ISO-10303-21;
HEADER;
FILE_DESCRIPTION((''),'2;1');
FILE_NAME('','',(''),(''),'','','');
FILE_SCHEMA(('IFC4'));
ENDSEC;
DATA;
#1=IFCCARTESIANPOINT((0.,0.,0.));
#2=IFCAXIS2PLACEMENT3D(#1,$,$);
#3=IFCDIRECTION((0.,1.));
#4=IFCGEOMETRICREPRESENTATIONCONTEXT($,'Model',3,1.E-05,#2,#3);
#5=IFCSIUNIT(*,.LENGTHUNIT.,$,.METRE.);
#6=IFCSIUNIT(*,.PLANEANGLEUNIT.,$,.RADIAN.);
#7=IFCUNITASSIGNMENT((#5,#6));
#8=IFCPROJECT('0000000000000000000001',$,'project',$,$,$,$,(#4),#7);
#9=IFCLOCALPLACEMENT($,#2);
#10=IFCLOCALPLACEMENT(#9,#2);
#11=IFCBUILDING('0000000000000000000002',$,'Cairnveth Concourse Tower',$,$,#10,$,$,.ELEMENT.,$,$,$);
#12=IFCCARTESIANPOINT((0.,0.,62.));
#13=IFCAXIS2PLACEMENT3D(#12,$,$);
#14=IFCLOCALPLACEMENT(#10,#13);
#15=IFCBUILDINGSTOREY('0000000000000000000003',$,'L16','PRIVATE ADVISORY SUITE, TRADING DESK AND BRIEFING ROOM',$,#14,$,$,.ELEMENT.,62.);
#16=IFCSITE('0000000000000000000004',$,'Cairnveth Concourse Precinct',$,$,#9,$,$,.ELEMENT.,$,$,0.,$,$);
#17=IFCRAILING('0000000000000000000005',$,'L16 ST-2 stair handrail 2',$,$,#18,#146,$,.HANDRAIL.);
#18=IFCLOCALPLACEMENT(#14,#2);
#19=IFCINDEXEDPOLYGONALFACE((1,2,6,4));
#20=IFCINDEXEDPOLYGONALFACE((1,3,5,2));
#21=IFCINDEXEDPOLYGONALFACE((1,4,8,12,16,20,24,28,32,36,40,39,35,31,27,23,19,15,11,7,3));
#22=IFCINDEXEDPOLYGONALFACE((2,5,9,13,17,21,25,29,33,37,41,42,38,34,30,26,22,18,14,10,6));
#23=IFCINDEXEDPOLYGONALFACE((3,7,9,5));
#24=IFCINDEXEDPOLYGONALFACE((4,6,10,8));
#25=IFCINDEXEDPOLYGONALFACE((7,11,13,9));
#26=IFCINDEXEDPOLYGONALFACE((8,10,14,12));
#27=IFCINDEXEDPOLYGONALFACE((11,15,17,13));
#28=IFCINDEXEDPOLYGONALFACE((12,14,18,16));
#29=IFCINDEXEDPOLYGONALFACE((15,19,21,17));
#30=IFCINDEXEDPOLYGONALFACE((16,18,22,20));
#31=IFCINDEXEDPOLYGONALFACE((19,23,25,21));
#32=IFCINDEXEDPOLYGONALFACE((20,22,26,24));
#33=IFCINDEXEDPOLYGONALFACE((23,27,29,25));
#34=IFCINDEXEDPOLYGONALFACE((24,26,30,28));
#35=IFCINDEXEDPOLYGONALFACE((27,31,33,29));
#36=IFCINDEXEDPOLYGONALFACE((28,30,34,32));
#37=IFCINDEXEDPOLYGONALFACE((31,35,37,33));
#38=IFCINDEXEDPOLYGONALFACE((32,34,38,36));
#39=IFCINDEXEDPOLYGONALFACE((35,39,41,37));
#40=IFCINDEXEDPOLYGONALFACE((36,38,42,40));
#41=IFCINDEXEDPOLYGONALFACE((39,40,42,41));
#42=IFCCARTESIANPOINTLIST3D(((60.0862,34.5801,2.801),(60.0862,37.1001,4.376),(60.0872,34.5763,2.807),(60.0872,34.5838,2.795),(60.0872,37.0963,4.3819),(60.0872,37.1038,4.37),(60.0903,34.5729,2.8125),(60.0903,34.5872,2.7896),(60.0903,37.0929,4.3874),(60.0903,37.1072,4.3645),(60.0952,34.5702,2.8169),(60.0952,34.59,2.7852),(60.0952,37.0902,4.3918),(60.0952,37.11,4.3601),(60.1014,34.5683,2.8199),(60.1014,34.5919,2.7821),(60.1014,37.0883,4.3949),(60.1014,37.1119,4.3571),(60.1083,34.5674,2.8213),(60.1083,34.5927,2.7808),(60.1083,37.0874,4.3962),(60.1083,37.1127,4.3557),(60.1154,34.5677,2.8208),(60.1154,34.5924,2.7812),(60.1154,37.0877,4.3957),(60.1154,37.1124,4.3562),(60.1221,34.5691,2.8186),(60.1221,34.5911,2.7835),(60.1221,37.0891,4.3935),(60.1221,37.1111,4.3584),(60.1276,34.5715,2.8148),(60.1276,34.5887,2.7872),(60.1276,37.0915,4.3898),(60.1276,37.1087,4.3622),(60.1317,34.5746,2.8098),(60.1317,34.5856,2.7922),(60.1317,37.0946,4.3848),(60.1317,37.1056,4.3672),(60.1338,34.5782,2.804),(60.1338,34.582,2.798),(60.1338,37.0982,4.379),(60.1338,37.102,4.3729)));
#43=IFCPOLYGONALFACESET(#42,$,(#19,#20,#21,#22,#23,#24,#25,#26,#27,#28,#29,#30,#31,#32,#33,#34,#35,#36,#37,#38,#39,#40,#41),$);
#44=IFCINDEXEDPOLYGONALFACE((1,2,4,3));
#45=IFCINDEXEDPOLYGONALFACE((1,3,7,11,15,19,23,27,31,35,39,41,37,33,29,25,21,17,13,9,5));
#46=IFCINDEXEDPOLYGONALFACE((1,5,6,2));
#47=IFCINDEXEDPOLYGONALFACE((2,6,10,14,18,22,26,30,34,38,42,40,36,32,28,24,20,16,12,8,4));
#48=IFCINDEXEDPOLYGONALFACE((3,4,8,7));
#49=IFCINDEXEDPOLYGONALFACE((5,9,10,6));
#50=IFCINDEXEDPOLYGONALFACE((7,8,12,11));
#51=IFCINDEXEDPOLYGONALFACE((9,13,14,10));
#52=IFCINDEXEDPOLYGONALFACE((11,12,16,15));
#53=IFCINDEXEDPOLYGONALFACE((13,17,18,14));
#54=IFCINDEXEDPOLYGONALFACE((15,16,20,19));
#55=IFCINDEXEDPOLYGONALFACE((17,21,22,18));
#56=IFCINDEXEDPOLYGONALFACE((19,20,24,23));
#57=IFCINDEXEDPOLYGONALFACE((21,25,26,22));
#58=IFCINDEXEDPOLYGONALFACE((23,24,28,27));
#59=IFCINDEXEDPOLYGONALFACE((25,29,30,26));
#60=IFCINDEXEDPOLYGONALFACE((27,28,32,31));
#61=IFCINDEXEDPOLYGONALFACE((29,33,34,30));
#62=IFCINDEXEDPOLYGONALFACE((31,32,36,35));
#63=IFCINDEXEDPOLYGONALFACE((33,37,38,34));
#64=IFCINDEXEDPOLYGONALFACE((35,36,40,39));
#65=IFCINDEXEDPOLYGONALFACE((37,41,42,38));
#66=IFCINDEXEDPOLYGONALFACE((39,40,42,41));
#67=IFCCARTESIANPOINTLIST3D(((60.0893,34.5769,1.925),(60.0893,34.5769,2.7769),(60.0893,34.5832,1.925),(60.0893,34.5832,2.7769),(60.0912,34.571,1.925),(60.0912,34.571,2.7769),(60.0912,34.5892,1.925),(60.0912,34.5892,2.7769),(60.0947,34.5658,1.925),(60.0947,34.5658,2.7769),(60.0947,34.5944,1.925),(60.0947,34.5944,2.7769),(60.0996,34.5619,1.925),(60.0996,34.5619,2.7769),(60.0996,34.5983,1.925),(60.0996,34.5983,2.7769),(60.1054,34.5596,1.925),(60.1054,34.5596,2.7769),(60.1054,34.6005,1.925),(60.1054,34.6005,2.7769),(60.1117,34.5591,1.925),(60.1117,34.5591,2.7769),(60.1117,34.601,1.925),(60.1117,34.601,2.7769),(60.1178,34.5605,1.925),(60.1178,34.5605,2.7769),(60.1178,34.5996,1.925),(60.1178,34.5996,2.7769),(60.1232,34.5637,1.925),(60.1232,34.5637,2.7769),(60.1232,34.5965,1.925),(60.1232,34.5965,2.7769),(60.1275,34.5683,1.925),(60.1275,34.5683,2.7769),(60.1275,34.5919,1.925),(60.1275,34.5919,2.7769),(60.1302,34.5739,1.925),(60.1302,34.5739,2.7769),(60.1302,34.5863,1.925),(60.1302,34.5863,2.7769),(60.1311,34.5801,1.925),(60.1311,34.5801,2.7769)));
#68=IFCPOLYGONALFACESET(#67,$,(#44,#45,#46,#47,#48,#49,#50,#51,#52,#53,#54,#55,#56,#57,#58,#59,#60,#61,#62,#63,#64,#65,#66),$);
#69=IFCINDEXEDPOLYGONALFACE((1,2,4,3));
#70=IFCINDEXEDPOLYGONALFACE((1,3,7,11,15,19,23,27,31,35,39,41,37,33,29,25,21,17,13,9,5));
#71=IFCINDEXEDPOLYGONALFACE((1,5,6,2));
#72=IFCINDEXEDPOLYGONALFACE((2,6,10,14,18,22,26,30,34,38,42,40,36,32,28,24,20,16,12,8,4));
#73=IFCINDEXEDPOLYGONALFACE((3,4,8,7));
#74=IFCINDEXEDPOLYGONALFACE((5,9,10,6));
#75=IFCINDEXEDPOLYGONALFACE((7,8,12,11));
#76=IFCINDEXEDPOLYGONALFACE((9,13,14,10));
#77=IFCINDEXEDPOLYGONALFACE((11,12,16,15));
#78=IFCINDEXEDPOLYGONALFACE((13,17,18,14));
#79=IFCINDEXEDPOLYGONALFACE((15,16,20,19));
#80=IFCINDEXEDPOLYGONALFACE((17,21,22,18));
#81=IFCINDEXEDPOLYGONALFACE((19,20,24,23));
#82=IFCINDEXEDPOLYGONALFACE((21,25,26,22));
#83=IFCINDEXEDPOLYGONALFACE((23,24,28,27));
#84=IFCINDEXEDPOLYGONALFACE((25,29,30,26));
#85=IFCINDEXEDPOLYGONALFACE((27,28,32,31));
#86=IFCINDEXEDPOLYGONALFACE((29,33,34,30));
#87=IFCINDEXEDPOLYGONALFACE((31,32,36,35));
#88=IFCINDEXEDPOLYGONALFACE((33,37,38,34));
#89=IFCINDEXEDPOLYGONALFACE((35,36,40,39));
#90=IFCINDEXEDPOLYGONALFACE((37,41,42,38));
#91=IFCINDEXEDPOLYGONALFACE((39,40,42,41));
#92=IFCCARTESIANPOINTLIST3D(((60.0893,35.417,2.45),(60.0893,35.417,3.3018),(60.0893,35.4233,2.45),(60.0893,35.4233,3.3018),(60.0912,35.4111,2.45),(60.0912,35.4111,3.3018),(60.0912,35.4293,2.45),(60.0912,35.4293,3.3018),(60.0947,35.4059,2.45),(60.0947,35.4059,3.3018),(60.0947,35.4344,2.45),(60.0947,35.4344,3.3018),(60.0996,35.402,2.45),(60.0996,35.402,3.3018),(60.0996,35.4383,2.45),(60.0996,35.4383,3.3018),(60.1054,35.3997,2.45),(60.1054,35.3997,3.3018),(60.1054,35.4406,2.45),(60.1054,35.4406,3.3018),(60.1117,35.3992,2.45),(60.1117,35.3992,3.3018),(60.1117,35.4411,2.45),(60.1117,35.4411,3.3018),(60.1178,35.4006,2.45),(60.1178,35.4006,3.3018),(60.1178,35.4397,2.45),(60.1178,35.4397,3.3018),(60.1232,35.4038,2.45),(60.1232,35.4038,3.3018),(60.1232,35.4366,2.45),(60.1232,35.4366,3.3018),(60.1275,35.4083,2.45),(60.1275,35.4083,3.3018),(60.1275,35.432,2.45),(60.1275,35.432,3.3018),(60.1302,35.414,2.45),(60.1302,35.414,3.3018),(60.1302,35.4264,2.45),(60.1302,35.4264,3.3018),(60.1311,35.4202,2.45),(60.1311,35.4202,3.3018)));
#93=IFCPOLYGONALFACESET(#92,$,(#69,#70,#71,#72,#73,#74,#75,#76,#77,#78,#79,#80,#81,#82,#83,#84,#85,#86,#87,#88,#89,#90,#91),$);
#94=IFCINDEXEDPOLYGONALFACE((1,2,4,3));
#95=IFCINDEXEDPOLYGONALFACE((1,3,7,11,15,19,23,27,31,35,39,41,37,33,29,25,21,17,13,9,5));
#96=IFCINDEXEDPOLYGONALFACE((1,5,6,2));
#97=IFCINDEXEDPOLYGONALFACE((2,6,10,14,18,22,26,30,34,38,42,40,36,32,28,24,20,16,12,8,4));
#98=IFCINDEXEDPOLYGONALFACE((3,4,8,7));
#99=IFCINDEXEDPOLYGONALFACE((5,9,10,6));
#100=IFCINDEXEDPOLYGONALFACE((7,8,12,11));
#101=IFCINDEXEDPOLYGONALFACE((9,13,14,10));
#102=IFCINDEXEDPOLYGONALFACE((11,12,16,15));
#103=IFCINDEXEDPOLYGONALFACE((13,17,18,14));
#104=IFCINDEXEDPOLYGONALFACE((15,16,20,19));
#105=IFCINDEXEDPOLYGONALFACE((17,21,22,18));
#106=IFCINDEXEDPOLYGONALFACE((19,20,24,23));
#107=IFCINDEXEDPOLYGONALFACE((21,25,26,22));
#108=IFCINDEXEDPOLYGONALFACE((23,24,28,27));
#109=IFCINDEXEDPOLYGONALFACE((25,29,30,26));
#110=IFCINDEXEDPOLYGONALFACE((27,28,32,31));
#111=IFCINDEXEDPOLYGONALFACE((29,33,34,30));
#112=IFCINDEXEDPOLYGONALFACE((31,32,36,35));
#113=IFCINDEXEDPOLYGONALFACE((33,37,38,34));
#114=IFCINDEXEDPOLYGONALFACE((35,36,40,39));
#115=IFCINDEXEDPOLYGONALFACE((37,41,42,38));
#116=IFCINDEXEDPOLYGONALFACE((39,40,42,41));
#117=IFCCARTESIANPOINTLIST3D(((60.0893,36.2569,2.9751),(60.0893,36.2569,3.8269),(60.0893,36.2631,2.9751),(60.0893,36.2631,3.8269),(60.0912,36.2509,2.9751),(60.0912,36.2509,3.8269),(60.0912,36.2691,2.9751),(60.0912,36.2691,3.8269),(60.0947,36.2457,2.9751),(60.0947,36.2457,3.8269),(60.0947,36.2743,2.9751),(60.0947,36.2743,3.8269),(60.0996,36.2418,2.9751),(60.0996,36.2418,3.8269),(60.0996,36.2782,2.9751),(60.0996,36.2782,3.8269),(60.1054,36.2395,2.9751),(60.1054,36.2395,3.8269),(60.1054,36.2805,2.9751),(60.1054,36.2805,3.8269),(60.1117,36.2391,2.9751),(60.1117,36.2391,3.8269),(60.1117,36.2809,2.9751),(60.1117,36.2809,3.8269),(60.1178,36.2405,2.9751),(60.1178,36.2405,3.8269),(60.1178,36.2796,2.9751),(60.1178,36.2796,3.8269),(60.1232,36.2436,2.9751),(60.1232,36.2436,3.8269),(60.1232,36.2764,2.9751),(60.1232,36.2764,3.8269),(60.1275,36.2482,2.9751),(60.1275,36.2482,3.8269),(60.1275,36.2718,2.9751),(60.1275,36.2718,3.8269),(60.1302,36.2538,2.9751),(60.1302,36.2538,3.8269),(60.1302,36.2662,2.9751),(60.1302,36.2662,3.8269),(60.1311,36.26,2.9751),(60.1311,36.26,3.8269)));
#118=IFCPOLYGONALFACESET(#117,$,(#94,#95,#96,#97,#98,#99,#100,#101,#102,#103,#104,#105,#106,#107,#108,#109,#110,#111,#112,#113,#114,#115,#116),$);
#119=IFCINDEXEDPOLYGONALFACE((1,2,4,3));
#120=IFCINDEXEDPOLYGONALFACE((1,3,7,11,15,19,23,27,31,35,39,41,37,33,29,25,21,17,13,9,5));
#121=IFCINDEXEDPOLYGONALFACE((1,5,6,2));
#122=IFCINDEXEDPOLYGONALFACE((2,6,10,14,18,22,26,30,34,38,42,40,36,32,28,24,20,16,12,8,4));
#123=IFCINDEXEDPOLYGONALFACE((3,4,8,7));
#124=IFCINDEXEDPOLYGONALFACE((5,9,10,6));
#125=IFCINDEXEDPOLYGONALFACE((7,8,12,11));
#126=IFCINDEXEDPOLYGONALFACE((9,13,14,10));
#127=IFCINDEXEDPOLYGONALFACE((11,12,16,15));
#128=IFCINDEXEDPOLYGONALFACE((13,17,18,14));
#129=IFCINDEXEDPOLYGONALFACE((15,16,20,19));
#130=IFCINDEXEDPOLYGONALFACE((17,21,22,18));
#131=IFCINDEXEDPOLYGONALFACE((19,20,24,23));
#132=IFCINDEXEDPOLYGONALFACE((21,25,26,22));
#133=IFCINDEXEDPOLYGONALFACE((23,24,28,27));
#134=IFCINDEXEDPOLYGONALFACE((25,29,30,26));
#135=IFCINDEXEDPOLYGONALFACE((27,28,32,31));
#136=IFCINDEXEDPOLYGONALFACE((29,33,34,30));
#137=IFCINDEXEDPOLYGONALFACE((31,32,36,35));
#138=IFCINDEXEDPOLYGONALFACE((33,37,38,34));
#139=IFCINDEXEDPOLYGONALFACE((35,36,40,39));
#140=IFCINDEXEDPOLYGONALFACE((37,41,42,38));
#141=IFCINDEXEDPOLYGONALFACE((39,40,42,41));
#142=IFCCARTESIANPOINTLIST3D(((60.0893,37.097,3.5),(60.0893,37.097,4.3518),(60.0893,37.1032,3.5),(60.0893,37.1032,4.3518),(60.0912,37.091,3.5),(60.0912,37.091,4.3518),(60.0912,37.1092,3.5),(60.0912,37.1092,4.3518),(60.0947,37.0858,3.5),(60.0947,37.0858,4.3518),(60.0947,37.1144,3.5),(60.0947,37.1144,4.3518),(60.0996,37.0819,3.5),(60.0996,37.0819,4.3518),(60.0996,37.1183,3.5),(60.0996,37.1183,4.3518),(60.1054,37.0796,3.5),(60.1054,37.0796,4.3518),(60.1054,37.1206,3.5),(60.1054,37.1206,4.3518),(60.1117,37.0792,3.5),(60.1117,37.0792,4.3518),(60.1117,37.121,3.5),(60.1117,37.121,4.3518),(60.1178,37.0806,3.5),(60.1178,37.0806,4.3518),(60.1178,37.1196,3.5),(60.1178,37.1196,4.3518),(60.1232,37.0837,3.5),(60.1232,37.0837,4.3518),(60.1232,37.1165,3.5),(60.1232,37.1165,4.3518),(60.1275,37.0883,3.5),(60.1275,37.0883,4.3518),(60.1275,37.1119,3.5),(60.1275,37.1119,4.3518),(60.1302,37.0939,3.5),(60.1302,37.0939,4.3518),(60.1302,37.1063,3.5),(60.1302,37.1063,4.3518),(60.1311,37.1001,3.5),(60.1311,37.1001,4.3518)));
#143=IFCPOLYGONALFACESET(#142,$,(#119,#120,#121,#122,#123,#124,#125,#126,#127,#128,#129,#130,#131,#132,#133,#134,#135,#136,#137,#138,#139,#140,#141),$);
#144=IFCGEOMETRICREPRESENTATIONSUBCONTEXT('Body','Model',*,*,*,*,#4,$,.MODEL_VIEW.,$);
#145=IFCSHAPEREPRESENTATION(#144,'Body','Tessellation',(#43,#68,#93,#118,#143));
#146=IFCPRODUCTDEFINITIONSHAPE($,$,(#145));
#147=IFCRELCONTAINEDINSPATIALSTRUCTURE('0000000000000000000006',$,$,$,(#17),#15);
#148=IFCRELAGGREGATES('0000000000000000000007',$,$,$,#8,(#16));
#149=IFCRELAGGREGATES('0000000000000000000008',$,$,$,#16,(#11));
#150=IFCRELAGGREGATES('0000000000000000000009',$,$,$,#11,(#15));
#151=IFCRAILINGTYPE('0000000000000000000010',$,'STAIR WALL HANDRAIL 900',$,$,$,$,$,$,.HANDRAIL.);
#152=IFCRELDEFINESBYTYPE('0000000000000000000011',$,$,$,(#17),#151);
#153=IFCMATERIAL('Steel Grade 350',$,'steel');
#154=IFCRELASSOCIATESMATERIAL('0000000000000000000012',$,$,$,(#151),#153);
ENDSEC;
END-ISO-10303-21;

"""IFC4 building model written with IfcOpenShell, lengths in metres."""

from ifc_helpers import new_model, si_unit, direction, frame, origin, origin_2d, place, context, subcontext, project, spatial, circle, extrude, material, type_object, element, save


model = new_model("IFC4")

# Units and contexts
model_context = context("Model", 3, precision=1e-05, world=origin(), true_north=direction((0.0, 1.0)))
body_context = subcontext(model_context, "Body", "Model", "MODEL_VIEW")
ifc_project = project(units=[si_unit("LENGTHUNIT", "METRE"), si_unit("PLANEANGLEUNIT", "RADIAN")], contexts=[model_context])

# Site, building, storey
site_placement = place(None, origin())
site = spatial("IfcSite", under=ifc_project, at=site_placement, Name="Cairnveth Concourse Precinct", CompositionType="ELEMENT", RefElevation=0.0)
building_placement = place(site_placement, origin())
building = spatial("IfcBuilding", under=site, at=building_placement, Name="Cairnveth Concourse Tower", CompositionType="ELEMENT")
storey_placement = place(building_placement, frame((0.0, 0.0, 62.0)))
storey = spatial("IfcBuildingStorey", under=building, at=storey_placement, Name="L16", Description="PRIVATE ADVISORY SUITE, TRADING DESK AND BRIEFING ROOM", CompositionType="ELEMENT", Elevation=62.0)

# Shared definitions
ifc_material_1 = material(Name="Steel Grade 350", Category="steel")

# Railing
railing_type_1 = type_object("IfcRailingType", Name="STAIR WALL HANDRAIL 900", PredefinedType="HANDRAIL", material=ifc_material_1)
railing_1_placement = place(storey_placement, frame((60.1101, 34.5801, 1.925)))
element("IfcRailing", 1, at=railing_1_placement, inside=storey, type_object=railing_type_1, Name="L16 ST-2 stair handrail 2", PredefinedType="HANDRAIL", context=body_context, shape_type="SweptSolid", body=[
    extrude(circle(Radius=0.0239, at=origin_2d()), frame((0.0, 0.0, 0.876), z_axis=(0.0, 0.848008, 0.529984), x_axis=(-1.0, 0.0, 0.0)), (0.0, 0.0, 1.0), 2.9717),
    extrude(circle(Radius=0.021, at=origin_2d()), origin(), (0.0, 0.0, 1.0), 0.8518),
    extrude(circle(Radius=0.021, at=origin_2d()), frame((0.0, 0.8401, 0.5249)), (0.0, 0.0, 1.0), 0.8518),
    extrude(circle(Radius=0.021, at=origin_2d()), frame((0.0, 1.6799, 1.05)), (0.0, 0.0, 1.0), 0.8518),
    extrude(circle(Radius=0.021, at=origin_2d()), frame((0.0, 2.52, 1.575)), (0.0, 0.0, 1.0), 0.8518),
])

save(model, "model.ifc")
